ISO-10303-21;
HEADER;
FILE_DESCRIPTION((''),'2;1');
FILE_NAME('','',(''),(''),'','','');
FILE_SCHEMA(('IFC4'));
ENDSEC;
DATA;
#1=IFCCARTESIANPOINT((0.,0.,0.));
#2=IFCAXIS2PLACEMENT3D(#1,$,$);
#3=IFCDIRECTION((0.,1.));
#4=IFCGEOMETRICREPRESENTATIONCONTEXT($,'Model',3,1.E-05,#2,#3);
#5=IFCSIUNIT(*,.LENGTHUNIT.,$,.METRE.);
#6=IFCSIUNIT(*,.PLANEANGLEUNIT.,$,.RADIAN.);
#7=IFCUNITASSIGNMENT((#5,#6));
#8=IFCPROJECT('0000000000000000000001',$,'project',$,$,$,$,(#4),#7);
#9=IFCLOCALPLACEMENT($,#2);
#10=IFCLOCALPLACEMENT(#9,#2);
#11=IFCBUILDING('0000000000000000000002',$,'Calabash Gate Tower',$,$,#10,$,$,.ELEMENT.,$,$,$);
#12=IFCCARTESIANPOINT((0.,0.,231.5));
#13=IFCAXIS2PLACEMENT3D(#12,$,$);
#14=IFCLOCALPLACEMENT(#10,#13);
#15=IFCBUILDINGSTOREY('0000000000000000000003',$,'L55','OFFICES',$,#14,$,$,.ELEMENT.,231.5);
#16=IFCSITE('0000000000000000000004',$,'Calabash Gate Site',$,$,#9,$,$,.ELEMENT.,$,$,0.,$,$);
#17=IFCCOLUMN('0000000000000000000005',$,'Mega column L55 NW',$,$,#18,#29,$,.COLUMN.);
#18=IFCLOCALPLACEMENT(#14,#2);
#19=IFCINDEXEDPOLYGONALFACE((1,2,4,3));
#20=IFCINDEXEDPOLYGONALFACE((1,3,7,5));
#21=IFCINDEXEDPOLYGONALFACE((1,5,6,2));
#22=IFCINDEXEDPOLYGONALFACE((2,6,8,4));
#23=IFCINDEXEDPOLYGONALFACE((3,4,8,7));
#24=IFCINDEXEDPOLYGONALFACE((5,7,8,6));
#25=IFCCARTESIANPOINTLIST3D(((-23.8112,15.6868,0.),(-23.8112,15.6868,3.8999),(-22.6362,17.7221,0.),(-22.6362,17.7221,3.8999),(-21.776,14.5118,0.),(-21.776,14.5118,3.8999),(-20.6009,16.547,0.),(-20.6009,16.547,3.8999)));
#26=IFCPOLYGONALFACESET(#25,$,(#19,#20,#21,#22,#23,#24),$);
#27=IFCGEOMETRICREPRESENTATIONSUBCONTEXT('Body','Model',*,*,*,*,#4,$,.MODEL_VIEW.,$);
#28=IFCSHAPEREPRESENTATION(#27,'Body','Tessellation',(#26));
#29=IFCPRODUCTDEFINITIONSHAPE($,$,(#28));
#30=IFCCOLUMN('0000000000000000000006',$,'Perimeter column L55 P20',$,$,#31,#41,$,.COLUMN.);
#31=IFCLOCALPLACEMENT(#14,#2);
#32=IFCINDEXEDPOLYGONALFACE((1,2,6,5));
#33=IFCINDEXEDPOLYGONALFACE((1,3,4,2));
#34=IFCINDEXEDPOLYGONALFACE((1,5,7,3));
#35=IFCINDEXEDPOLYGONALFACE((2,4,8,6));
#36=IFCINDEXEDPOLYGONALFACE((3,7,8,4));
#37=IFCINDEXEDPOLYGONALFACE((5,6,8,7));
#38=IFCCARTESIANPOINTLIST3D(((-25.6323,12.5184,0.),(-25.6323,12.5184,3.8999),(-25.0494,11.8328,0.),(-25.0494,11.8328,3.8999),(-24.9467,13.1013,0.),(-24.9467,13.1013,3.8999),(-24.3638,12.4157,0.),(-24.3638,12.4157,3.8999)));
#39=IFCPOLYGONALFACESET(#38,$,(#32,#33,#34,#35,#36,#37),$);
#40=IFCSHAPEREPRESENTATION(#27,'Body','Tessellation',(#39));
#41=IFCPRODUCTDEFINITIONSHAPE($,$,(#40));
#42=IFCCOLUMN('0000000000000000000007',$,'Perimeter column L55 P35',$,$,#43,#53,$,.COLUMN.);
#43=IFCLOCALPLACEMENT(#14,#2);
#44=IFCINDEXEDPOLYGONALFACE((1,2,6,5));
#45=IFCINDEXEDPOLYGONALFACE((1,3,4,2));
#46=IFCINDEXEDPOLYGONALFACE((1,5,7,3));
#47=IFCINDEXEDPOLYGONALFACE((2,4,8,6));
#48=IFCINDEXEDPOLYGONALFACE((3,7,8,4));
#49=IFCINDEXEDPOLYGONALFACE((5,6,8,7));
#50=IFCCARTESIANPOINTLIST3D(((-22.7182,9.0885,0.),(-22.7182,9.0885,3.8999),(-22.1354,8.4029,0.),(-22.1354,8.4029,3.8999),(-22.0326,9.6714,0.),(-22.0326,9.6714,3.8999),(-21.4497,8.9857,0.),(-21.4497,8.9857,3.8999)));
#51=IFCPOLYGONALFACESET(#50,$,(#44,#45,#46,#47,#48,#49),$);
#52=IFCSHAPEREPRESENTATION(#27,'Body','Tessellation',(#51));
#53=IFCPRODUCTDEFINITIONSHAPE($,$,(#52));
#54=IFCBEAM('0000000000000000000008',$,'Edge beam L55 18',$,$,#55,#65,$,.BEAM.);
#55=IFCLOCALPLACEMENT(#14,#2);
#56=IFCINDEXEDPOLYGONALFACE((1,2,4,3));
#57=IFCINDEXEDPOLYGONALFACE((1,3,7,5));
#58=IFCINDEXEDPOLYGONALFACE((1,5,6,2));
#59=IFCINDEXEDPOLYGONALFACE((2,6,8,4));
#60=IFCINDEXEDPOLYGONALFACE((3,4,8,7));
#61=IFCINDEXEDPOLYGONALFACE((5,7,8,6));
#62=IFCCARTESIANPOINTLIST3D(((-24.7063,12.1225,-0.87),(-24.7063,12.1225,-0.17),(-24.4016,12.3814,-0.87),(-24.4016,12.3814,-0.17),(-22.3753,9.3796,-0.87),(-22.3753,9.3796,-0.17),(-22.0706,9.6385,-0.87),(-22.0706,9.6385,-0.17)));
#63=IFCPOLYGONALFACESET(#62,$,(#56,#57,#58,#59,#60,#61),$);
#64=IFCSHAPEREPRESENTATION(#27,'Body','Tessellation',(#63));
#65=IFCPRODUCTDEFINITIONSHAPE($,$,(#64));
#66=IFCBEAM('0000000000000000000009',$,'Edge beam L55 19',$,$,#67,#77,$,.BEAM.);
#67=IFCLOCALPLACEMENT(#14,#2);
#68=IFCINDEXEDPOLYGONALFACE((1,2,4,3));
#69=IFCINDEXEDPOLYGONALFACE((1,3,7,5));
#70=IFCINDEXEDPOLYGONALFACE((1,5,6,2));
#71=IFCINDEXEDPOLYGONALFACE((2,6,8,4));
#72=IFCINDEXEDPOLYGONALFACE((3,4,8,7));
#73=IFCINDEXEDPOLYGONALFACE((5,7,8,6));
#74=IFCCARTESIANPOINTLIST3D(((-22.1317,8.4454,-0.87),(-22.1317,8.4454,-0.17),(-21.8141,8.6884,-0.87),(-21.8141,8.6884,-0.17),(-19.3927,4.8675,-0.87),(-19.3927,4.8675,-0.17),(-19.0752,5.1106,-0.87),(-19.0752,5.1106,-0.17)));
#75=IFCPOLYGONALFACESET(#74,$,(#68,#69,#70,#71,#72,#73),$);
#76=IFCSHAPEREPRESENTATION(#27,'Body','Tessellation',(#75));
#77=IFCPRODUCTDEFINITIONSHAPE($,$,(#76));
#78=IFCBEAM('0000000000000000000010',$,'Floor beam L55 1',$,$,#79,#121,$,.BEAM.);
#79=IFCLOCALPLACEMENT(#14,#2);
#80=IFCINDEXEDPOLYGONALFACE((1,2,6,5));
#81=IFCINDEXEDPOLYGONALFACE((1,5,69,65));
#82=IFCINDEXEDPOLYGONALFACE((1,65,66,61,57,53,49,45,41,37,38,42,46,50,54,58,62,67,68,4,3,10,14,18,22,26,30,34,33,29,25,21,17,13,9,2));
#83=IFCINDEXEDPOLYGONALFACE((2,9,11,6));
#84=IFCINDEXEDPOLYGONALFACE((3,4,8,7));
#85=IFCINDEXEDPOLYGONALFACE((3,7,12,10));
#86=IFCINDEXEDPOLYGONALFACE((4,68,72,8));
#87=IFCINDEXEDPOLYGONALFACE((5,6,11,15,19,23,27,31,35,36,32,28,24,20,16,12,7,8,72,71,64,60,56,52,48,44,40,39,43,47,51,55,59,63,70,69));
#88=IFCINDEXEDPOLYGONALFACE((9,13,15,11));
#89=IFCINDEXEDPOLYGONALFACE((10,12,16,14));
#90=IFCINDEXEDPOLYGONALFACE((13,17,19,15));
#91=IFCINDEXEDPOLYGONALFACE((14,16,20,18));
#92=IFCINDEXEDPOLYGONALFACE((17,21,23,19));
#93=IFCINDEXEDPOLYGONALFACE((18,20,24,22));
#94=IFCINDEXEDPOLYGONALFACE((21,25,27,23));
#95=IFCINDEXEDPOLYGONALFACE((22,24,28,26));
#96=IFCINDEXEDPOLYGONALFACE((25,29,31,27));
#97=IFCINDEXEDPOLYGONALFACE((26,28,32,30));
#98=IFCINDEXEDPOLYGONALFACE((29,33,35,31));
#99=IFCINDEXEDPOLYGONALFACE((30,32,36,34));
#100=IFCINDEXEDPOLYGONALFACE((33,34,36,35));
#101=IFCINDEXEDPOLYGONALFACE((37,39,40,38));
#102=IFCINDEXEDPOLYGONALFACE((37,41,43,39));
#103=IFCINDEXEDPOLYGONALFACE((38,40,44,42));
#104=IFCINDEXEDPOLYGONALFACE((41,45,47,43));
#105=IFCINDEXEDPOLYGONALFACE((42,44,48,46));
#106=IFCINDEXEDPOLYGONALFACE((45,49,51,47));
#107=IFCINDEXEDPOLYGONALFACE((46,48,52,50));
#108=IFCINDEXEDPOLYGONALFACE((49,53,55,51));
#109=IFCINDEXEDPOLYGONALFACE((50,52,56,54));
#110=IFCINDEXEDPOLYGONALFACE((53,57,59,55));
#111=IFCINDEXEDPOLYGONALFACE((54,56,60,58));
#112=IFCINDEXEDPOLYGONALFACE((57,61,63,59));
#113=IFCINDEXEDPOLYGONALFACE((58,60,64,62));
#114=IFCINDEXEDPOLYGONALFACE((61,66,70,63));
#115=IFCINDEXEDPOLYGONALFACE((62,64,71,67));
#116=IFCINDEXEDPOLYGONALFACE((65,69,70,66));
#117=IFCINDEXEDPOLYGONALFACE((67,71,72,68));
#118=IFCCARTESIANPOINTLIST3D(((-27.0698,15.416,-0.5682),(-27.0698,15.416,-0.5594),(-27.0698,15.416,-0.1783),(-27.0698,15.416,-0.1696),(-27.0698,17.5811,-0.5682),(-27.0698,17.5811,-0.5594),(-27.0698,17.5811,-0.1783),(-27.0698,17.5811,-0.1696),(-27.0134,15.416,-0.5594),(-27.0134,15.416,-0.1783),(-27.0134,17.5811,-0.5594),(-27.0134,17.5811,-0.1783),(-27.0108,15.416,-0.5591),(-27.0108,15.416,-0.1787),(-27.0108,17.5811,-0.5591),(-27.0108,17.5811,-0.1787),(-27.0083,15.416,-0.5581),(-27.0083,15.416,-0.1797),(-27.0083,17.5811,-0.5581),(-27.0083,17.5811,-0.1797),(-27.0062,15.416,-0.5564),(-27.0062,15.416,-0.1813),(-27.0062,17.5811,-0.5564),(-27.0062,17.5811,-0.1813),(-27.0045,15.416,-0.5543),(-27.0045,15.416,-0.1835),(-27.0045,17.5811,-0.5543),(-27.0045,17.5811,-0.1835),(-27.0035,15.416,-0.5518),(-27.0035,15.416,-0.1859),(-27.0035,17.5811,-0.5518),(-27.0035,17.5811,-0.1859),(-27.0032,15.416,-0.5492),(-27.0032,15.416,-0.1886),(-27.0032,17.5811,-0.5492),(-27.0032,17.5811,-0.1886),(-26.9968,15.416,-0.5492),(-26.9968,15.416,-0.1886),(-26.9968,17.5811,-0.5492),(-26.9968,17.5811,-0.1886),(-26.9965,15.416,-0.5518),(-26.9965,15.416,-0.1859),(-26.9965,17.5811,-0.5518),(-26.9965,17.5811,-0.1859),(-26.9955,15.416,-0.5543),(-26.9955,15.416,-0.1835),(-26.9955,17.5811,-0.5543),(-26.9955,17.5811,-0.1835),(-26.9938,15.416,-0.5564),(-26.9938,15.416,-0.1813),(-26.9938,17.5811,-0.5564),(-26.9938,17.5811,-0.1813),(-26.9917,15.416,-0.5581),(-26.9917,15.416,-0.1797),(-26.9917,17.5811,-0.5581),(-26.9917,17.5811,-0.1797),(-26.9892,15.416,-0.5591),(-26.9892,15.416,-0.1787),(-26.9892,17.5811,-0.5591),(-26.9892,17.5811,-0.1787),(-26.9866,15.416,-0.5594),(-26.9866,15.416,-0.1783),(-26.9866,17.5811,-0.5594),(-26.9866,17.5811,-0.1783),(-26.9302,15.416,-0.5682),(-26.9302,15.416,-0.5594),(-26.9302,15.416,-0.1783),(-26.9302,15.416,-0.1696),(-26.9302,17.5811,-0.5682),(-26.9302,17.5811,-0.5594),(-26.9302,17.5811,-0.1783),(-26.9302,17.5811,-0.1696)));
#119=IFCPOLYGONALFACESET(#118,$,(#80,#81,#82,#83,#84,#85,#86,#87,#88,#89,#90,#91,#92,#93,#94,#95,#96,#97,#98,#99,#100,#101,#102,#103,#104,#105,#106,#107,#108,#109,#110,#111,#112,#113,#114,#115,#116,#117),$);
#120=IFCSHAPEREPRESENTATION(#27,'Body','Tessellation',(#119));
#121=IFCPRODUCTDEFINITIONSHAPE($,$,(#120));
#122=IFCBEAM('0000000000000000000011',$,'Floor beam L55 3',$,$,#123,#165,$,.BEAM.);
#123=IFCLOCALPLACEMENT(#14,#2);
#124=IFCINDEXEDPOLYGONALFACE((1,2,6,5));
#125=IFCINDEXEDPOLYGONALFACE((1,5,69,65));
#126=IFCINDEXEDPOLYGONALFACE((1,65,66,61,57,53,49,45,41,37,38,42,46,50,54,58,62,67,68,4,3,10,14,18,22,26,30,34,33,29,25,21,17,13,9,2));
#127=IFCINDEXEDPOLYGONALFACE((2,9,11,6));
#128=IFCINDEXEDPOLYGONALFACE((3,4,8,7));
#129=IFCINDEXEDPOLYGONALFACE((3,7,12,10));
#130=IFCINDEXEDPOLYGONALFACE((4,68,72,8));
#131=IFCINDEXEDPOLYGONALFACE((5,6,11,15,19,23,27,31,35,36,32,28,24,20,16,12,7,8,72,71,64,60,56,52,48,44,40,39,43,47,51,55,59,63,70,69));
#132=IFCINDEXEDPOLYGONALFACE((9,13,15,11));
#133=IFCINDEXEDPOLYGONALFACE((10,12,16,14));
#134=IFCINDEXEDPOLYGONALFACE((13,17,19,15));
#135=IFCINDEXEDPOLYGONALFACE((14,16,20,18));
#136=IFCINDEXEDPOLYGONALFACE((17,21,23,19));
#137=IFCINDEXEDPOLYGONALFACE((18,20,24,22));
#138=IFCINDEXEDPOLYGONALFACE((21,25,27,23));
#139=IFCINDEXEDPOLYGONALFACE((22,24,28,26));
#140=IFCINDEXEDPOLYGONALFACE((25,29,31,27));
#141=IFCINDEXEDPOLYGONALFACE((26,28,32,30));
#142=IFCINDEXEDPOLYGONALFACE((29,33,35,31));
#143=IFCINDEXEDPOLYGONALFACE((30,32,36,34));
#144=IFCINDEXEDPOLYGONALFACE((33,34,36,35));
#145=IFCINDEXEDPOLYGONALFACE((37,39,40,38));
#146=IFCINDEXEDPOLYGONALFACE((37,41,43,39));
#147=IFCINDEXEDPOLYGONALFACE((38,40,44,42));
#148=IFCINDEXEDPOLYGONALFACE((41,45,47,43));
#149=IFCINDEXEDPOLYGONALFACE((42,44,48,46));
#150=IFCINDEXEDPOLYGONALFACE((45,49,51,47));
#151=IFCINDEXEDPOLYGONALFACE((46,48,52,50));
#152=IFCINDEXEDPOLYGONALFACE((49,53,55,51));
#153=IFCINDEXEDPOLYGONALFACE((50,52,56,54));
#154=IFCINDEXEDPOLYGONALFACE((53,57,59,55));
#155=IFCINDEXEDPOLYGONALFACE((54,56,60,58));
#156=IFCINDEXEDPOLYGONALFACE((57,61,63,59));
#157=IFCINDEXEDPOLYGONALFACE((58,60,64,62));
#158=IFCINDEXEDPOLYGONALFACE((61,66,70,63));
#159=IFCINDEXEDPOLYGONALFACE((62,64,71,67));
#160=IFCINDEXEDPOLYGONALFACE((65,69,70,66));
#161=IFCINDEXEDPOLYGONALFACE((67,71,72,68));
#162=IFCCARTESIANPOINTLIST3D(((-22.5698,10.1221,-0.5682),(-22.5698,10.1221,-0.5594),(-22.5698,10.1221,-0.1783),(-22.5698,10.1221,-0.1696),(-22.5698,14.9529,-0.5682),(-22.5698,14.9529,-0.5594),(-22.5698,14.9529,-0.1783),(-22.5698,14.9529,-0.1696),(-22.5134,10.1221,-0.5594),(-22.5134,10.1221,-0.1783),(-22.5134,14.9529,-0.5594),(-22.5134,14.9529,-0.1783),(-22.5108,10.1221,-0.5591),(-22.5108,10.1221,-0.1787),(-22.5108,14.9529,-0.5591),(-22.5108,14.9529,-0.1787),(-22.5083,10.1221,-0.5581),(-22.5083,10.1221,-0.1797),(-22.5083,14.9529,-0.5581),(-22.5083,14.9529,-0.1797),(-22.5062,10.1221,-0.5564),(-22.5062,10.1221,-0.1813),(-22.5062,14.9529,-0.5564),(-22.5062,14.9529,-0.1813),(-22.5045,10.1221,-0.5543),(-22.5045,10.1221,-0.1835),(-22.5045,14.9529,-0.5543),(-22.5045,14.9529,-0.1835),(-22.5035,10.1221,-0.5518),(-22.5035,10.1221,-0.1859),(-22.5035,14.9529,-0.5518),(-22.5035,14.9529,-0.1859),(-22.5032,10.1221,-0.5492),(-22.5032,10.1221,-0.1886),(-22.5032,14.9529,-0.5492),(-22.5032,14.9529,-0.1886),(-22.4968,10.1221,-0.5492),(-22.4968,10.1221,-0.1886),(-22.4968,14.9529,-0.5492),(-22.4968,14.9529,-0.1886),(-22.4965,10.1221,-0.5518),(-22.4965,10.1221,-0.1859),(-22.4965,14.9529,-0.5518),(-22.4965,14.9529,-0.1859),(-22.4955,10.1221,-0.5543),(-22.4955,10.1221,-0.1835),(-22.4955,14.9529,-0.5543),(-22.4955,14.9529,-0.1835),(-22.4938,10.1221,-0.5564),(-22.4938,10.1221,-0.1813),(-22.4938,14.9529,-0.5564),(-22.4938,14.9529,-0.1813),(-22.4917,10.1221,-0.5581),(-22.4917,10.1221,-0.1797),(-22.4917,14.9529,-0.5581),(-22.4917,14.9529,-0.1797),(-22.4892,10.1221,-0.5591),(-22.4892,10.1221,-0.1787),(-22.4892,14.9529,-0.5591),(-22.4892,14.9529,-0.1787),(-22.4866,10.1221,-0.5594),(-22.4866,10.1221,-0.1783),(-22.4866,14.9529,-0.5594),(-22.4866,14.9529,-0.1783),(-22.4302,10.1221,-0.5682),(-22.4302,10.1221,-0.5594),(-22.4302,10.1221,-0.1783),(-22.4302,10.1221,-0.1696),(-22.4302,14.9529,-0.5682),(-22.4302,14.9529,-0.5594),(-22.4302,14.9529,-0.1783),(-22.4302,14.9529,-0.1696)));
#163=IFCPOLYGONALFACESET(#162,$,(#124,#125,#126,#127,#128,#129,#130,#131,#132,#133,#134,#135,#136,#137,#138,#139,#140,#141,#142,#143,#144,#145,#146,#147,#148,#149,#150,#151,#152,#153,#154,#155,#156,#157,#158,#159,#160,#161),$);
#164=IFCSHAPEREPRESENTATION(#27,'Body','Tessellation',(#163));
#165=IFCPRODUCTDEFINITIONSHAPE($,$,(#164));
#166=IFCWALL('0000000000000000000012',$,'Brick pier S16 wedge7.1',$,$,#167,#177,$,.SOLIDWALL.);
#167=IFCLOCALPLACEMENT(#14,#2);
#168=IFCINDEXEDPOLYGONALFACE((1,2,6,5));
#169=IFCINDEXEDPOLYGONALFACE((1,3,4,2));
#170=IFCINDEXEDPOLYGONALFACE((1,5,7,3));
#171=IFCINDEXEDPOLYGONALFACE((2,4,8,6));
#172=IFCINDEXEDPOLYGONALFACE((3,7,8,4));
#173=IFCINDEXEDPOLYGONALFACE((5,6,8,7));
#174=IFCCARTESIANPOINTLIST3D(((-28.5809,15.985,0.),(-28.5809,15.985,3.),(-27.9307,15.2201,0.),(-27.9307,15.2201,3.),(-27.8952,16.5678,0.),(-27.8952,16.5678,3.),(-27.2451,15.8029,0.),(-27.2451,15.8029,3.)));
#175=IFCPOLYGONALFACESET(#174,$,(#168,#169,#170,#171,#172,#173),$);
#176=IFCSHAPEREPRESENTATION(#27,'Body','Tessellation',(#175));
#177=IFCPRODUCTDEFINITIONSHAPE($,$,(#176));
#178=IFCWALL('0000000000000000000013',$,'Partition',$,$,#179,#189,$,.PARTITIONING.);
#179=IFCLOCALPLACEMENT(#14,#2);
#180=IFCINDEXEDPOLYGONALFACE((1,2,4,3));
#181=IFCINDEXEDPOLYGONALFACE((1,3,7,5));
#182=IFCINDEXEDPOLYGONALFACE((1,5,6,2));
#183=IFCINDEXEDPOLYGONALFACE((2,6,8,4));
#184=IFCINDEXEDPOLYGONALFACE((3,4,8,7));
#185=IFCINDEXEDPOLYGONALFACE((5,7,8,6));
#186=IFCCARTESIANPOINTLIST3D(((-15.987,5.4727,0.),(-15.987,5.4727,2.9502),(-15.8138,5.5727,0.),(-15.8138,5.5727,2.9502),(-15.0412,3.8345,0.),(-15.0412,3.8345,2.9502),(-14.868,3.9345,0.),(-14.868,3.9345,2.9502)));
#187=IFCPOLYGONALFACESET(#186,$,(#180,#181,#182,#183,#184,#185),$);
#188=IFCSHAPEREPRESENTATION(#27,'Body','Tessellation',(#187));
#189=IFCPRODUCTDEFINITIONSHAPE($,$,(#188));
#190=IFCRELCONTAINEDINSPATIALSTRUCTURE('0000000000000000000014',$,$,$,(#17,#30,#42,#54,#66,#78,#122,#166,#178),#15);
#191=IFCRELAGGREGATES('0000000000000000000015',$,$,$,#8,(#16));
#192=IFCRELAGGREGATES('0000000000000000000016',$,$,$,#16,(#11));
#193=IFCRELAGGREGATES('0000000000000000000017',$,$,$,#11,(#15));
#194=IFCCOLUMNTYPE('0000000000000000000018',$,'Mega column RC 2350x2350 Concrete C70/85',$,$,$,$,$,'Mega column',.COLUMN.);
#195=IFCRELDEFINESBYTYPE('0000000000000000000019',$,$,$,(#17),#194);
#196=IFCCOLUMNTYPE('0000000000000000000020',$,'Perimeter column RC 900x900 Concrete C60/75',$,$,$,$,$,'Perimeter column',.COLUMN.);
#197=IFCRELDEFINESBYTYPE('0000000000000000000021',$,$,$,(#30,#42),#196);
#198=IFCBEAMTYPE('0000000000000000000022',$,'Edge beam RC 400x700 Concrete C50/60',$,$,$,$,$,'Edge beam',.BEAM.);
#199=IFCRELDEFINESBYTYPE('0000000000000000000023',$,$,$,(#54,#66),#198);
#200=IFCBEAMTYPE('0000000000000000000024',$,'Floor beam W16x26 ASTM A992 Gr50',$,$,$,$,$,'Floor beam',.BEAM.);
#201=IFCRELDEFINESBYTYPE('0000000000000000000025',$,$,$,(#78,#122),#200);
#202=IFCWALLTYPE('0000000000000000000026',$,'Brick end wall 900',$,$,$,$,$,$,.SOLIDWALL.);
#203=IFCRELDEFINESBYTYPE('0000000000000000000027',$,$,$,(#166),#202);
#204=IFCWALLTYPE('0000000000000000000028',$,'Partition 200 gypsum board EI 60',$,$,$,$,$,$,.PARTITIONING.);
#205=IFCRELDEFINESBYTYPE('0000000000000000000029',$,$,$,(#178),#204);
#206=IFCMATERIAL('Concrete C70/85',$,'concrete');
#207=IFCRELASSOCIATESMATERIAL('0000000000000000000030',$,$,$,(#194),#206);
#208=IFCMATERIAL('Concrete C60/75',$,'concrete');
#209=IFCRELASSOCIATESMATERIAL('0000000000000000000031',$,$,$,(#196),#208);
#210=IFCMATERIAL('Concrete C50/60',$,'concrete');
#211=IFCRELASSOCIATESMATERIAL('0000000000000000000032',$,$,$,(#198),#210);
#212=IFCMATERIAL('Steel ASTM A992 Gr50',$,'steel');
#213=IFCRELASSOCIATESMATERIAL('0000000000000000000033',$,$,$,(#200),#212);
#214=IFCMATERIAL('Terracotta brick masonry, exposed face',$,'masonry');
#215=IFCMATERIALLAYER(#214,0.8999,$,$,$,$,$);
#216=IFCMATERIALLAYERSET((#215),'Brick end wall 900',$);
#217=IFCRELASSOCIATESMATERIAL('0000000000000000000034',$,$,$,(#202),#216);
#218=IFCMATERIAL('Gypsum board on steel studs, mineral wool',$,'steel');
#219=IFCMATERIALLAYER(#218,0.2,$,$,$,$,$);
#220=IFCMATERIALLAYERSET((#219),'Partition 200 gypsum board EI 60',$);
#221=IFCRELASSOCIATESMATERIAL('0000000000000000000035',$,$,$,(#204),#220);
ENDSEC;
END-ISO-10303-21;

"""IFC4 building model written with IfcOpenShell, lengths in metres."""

from ifc_helpers import new_model, si_unit, direction, frame, frame_2d, origin, origin_2d, place, context, subcontext, project, spatial, rectangle, i_section, extrude, material, layer, layer_set, material_profile, profile_set, type_object, element, save


model = new_model("IFC4")

# Units and contexts
model_context = context("Model", 3, precision=1e-05, world=origin(), true_north=direction((0.0, 1.0)))
body_context = subcontext(model_context, "Body", "Model", "MODEL_VIEW")
ifc_project = project(units=[si_unit("LENGTHUNIT", "METRE"), si_unit("PLANEANGLEUNIT", "RADIAN")], contexts=[model_context])

# Site, building, storey
site_placement = place(None, origin())
site = spatial("IfcSite", under=ifc_project, at=site_placement, Name="Calabash Gate Site", CompositionType="ELEMENT", RefElevation=0.0)
building_placement = place(site_placement, origin())
building = spatial("IfcBuilding", under=site, at=building_placement, Name="Calabash Gate Tower", CompositionType="ELEMENT")
storey_placement = place(building_placement, frame((0.0, 0.0, 231.5)))
storey = spatial("IfcBuildingStorey", under=building, at=storey_placement, Name="L55", Description="OFFICES", CompositionType="ELEMENT", Elevation=231.5)

# Columns
ifc_material_1 = material(Name="Concrete C70/85", Category="concrete")
ifc_material_profile_1 = material_profile(ifc_material_1, rectangle(XDim=2.3501, YDim=2.3501, at=origin_2d()))
ifc_profile_set_1 = profile_set([ifc_material_profile_1], Name="Concrete C70/85")
column_type_1 = type_object("IfcColumnType", Name="Mega column RC 2350x2350 Concrete C70/85", ElementType="Mega column", PredefinedType="COLUMN", material=ifc_profile_set_1)
column_placement = place(storey_placement, frame((-22.2061, 16.1169, 0.0), z_axis=(0.0, 0.0, 1.0), x_axis=(0.866025, -0.5, 0.0)))
element("IfcColumn", 1, at=column_placement, inside=storey, type_object=column_type_1, Name="Mega column L55 NW", PredefinedType="COLUMN", context=body_context, shape_type="SweptSolid", body=[
    extrude(rectangle(XDim=2.3501, YDim=2.3501, at=origin_2d()), origin(), (0.0, 0.0, 1.0), 3.8999),
])
ifc_material_2 = material(Name="Concrete C60/75", Category="concrete")
ifc_material_profile_2 = material_profile(ifc_material_2, rectangle(XDim=0.8999, YDim=0.8999, at=origin_2d()))
ifc_profile_set_2 = profile_set([ifc_material_profile_2], Name="Concrete C60/75")
column_type_2 = type_object("IfcColumnType", Name="Perimeter column RC 900x900 Concrete C60/75", ElementType="Perimeter column", PredefinedType="COLUMN", material=ifc_profile_set_2)
for number, where, z_axis, x_axis, name in (
    (2, (-24.998, 12.467, 0.0), (0.0, 0.0, 1.0), (0.647704, -0.761892, 0.0), "Perimeter column L55 P20"),
    (3, (-22.084, 9.0371, 0.0), (0.0, 0.0, 1.0), (0.647704, -0.761892, 0.0), "Perimeter column L55 P35"),
):
    element("IfcColumn", number, at=place(storey_placement, frame(where, z_axis=z_axis, x_axis=x_axis)), inside=storey, type_object=column_type_2, Name=name, PredefinedType="COLUMN", context=body_context, shape_type="SweptSolid", body=[
        extrude(rectangle(XDim=0.8999, YDim=0.8999, at=origin_2d()), origin(), (0.0, 0.0, 1.0), 3.8999),
    ])

# Beams
ifc_material_3 = material(Name="Concrete C50/60", Category="concrete")
ifc_material_profile_3 = material_profile(ifc_material_3, rectangle(XDim=0.3999, YDim=0.7, at=origin_2d()))
ifc_profile_set_3 = profile_set([ifc_material_profile_3], Name="Concrete C50/60")
beam_type_1 = type_object("IfcBeamType", Name="Edge beam RC 400x700 Concrete C50/60", ElementType="Edge beam", PredefinedType="BEAM", material=ifc_profile_set_3)
beam_1_placement = place(storey_placement, frame((-24.554, 12.252, -0.52), z_axis=(0.64758, -0.761998, 0.0), x_axis=(0.761998, 0.64758, 0.0)))
element("IfcBeam", 4, at=beam_1_placement, inside=storey, type_object=beam_type_1, Name="Edge beam L55 18", PredefinedType="BEAM", context=body_context, shape_type="SweptSolid", body=[
    extrude(rectangle(XDim=0.3999, YDim=0.7, at=origin_2d()), origin(), (0.0, 0.0, 1.0), 3.5996),
])
beam_2_placement = place(storey_placement, frame((-21.9729, 8.5669, -0.52), z_axis=(0.607868, -0.794038, 0.0), x_axis=(0.794038, 0.607868, 0.0)))
element("IfcBeam", 5, at=beam_2_placement, inside=storey, type_object=beam_type_1, Name="Edge beam L55 19", PredefinedType="BEAM", context=body_context, shape_type="SweptSolid", body=[
    extrude(rectangle(XDim=0.3999, YDim=0.7, at=origin_2d()), origin(), (0.0, 0.0, 1.0), 4.5059),
])
ifc_material_4 = material(Name="Steel ASTM A992 Gr50", Category="steel")
ifc_material_profile_4 = material_profile(ifc_material_4, i_section(OverallWidth=0.1396, OverallDepth=0.3987, WebThickness=0.0063, FlangeThickness=0.0088, FilletRadius=0.0103, at=origin_2d()))
ifc_profile_set_4 = profile_set([ifc_material_profile_4], Name="Steel ASTM A992 Gr50")
beam_type_2 = type_object("IfcBeamType", Name="Floor beam W16x26 ASTM A992 Gr50", ElementType="Floor beam", PredefinedType="BEAM", material=ifc_profile_set_4)
beam_3_placement = place(storey_placement, frame((-27.0, 15.416, -0.3689), z_axis=(0.0, 1.0, 0.0), x_axis=(-1.0, 0.0, 0.0)))
element("IfcBeam", 6, at=beam_3_placement, inside=storey, type_object=beam_type_2, Name="Floor beam L55 1", PredefinedType="BEAM", context=body_context, shape_type="SweptSolid", body=[
    extrude(i_section(OverallWidth=0.1396, OverallDepth=0.3987, WebThickness=0.0063, FlangeThickness=0.0088, FilletRadius=0.0103, at=origin_2d()), origin(), (0.0, 0.0, 1.0), 2.165),
])
beam_4_placement = place(storey_placement, frame((-22.5, 10.1221, -0.3689), z_axis=(0.0, 1.0, 0.0), x_axis=(-1.0, 0.0, 0.0)))
element("IfcBeam", 7, at=beam_4_placement, inside=storey, type_object=beam_type_2, Name="Floor beam L55 3", PredefinedType="BEAM", context=body_context, shape_type="SweptSolid", body=[
    extrude(i_section(OverallWidth=0.1396, OverallDepth=0.3987, WebThickness=0.0063, FlangeThickness=0.0088, FilletRadius=0.0103, at=origin_2d()), origin(), (0.0, 0.0, 1.0), 4.8308),
])

# Walls
ifc_material_5 = material(Name="Terracotta brick masonry, exposed face", Category="masonry")
ifc_layer_1 = layer(ifc_material_5, 0.8999)
ifc_layer_set_1 = layer_set([ifc_layer_1], Name="Brick end wall 900")
wall_type_1 = type_object("IfcWallType", Name="Brick end wall 900", PredefinedType="SOLIDWALL", material=ifc_layer_set_1)
wall_1_placement = place(storey_placement, frame((-27.5879, 15.5115, 0.0), z_axis=(0.0, 0.0, 1.0), x_axis=(-0.647641, 0.761945, 0.0)))
element("IfcWall", 8, at=wall_1_placement, inside=storey, type_object=wall_type_1, Name="Brick pier S16 wedge7.1", PredefinedType="SOLIDWALL", context=body_context, shape_type="SweptSolid", body=[
    extrude(rectangle(XDim=1.0039, YDim=0.8999, at=frame_2d((0.502, 0.0))), origin(), (0.0, 0.0, 1.0), 3.0),
])
ifc_material_6 = material(Name="Gypsum board on steel studs, mineral wool", Category="steel")
ifc_layer_2 = layer(ifc_material_6, 0.2)
ifc_layer_set_2 = layer_set([ifc_layer_2], Name="Partition 200 gypsum board EI 60")
wall_type_2 = type_object("IfcWallType", Name="Partition 200 gypsum board EI 60", PredefinedType="PARTITIONING", material=ifc_layer_set_2)
wall_2_placement = place(storey_placement, frame((-15.9004, 5.5227, 0.0), z_axis=(0.0, 0.0, 1.0), x_axis=(0.499998, -0.866027, 0.0)))
element("IfcWall", 9, at=wall_2_placement, inside=storey, type_object=wall_type_2, Name="Partition", PredefinedType="PARTITIONING", context=body_context, shape_type="SweptSolid", body=[
    extrude(rectangle(XDim=1.8916, YDim=0.2, at=frame_2d((0.9458, 0.0))), origin(), (0.0, 0.0, 1.0), 2.9502),
])

save(model, "model.ifc")
